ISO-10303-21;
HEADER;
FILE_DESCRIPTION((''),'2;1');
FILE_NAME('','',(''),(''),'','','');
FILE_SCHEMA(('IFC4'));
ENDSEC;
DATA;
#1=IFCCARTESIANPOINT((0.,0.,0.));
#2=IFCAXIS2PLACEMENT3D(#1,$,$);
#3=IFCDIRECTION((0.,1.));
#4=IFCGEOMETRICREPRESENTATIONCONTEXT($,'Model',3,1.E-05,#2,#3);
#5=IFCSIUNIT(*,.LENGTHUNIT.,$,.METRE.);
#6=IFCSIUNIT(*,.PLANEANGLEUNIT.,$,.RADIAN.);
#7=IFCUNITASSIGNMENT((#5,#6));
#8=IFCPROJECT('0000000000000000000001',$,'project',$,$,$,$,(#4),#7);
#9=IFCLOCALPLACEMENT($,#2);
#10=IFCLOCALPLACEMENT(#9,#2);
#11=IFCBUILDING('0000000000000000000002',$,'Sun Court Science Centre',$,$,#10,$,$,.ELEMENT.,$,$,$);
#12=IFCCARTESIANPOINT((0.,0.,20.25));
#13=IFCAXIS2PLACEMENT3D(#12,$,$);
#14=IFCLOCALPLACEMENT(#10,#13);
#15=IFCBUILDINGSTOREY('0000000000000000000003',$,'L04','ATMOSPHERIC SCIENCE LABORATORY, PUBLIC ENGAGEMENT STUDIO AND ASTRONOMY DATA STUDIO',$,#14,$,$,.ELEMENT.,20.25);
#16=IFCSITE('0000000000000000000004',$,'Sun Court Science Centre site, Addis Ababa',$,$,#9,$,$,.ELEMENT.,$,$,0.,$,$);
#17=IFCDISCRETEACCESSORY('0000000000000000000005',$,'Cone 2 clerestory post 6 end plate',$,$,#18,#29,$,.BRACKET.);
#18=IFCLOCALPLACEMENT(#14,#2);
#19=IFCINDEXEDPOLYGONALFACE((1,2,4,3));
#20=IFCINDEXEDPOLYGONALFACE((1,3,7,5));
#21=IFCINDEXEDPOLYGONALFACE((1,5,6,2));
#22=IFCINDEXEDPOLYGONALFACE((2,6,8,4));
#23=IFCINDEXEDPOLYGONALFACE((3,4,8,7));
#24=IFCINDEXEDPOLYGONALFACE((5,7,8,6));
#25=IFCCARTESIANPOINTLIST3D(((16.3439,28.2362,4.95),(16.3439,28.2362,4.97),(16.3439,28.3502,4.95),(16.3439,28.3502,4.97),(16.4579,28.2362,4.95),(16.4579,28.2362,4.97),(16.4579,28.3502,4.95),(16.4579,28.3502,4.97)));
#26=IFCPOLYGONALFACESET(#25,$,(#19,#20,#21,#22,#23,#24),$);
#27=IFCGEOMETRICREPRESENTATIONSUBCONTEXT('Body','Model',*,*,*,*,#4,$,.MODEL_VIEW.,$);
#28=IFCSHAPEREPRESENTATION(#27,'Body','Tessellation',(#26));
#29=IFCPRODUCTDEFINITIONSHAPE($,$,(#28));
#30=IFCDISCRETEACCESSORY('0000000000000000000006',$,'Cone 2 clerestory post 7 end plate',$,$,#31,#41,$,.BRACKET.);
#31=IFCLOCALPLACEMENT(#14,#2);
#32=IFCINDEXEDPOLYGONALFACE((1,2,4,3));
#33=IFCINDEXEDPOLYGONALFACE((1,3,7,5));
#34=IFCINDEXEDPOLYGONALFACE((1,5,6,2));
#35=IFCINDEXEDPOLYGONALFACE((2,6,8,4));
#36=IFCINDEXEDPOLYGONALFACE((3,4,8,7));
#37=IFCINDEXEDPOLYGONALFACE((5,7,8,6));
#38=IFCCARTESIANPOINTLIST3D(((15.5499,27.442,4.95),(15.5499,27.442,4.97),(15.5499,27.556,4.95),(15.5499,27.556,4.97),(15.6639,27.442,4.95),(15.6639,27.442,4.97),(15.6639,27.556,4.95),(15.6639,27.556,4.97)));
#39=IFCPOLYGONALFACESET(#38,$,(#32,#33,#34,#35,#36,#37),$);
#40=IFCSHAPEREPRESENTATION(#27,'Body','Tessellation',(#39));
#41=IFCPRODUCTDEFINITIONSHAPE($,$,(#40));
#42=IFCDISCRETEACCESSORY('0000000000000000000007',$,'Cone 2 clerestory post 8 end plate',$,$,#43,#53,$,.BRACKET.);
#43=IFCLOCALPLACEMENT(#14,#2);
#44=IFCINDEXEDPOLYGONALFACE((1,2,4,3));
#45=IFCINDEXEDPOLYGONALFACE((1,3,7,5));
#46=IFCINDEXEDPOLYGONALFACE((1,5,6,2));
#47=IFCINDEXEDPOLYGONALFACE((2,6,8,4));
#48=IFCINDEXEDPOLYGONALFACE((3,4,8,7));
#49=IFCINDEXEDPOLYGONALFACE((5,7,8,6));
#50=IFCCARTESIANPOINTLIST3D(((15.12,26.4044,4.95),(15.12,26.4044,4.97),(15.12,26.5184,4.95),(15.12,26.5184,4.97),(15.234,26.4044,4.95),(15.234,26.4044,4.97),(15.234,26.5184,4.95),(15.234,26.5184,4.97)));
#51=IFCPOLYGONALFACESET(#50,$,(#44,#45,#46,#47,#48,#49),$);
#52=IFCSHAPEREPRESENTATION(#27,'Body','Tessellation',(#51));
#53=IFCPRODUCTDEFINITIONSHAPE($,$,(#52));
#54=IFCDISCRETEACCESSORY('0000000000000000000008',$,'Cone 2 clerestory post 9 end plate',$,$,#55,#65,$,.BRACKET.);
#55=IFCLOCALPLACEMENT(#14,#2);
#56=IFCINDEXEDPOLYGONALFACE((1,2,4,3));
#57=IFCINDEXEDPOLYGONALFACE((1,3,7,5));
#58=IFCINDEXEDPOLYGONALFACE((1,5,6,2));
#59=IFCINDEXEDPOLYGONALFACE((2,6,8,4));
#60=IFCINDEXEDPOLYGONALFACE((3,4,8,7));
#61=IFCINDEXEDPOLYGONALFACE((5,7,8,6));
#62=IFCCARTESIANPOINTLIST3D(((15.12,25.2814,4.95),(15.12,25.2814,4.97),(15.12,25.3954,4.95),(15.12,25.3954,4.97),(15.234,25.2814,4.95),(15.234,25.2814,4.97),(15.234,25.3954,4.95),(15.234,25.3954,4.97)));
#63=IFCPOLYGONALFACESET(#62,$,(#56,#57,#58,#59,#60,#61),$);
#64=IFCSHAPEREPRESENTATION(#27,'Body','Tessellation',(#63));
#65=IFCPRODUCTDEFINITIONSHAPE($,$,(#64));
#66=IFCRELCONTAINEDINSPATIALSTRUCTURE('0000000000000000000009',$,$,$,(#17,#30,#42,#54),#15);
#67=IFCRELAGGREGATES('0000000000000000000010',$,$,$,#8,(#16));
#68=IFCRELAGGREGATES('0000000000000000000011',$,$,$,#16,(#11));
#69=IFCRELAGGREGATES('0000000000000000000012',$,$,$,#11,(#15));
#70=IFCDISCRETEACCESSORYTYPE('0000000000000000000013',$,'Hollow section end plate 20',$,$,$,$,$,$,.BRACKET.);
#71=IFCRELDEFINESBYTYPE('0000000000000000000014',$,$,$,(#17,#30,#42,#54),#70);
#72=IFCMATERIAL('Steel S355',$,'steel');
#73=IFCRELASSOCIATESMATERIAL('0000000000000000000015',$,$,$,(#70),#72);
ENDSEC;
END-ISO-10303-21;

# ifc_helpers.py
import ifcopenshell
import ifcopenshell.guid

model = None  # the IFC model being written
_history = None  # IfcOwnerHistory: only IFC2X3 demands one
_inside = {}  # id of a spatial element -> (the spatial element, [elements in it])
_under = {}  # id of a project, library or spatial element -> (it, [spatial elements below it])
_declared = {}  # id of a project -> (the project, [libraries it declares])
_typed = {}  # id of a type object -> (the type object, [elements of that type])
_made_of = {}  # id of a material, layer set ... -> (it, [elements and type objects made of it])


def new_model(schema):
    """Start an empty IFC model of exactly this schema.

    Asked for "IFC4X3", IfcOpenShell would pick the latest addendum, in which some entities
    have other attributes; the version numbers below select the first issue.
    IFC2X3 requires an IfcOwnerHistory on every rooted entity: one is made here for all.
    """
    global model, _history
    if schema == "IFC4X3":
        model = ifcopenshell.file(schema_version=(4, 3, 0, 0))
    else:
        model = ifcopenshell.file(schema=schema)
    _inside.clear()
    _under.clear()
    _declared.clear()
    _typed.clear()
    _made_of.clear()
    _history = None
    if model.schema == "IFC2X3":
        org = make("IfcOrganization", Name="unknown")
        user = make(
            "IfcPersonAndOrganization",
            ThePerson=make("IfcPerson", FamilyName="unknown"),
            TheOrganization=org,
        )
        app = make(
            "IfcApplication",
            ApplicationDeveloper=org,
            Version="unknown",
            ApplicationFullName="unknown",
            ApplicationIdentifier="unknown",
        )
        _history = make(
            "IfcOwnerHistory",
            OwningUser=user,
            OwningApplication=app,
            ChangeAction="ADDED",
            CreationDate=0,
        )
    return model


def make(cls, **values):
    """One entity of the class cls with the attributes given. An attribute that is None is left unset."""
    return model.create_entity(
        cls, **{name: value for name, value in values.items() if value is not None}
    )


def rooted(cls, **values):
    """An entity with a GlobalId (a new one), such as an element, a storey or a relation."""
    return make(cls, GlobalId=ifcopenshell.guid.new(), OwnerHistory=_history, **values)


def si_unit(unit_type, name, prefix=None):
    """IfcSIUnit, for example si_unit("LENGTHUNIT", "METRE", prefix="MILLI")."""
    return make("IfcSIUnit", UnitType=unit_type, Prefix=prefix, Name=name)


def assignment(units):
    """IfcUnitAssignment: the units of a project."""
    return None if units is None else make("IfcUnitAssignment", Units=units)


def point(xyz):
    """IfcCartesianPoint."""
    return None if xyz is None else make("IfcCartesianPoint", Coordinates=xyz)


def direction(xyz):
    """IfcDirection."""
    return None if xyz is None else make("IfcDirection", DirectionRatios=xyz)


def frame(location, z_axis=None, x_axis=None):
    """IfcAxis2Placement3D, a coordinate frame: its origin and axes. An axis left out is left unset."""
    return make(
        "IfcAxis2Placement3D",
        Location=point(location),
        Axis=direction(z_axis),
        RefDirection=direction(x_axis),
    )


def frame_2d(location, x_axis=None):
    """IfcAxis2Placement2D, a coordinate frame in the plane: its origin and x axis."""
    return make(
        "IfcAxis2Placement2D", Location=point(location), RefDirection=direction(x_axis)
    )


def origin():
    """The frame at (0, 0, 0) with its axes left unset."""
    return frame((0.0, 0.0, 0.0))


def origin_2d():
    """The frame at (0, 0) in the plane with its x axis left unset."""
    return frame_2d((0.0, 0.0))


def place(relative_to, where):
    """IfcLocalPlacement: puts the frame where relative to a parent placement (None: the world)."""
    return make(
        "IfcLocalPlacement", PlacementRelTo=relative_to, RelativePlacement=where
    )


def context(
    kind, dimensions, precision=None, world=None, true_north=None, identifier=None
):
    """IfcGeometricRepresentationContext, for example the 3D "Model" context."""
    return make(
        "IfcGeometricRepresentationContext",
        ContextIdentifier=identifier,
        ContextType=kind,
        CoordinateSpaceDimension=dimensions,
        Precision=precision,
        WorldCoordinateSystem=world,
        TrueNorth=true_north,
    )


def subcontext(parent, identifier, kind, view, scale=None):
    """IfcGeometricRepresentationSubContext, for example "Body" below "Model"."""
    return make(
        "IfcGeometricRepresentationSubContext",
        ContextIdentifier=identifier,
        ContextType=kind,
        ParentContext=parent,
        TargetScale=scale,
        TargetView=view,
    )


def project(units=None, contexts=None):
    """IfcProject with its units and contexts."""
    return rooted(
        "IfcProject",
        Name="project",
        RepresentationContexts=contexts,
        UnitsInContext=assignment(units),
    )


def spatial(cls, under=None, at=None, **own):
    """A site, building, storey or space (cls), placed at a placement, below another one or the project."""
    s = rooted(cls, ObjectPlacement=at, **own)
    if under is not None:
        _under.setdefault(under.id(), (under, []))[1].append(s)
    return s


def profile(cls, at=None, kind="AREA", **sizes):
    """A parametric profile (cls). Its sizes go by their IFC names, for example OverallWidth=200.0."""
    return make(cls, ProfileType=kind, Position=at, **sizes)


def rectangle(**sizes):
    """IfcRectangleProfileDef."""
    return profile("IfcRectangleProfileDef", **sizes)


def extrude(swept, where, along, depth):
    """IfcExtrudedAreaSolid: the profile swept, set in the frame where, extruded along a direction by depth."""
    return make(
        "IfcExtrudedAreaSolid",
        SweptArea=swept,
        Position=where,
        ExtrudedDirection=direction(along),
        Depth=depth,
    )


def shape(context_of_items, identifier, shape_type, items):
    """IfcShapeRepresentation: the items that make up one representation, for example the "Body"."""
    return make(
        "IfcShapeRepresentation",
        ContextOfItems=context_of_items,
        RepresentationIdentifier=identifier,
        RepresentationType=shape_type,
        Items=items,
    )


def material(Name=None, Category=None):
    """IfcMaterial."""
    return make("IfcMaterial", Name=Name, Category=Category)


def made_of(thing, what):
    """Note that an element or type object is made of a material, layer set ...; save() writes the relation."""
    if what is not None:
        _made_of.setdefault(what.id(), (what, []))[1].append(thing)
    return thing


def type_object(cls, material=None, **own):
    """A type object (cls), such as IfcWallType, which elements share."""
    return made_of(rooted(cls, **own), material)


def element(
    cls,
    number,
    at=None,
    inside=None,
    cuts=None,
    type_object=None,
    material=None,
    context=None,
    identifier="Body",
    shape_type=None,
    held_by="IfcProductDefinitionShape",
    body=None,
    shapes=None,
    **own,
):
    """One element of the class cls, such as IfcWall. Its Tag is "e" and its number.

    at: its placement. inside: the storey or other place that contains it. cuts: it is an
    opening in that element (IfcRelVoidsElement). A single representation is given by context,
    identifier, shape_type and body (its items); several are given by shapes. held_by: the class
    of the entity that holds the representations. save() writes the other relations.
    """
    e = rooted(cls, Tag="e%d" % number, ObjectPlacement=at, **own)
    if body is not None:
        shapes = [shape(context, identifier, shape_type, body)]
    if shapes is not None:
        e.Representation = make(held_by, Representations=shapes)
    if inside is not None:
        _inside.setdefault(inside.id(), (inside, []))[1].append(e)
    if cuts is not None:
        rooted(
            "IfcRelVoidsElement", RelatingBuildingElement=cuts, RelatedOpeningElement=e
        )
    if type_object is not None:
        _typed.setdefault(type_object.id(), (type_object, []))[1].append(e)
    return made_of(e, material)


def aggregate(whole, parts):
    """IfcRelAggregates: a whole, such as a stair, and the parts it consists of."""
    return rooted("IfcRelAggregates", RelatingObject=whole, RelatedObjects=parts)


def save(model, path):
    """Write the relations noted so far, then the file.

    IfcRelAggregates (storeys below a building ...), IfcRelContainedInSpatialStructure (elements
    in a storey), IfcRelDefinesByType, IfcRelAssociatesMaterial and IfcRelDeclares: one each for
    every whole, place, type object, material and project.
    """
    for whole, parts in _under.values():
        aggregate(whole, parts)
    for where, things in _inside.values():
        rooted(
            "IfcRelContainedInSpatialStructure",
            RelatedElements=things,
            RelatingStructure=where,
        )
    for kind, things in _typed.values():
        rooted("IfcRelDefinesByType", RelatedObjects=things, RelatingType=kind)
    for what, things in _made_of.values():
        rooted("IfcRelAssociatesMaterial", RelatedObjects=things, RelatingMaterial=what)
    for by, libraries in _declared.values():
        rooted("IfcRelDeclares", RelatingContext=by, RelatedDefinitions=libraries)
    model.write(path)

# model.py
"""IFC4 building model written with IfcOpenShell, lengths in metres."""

from ifc_helpers import new_model, si_unit, direction, frame, origin, origin_2d, place, context, subcontext, project, spatial, rectangle, extrude, material, type_object, element, save


model = new_model("IFC4")

# Units and contexts
model_context = context("Model", 3, precision=1e-05, world=origin(), true_north=direction((0.0, 1.0)))
body_context = subcontext(model_context, "Body", "Model", "MODEL_VIEW")
ifc_project = project(units=[si_unit("LENGTHUNIT", "METRE"), si_unit("PLANEANGLEUNIT", "RADIAN")], contexts=[model_context])

# Site, building, storey
site_placement = place(None, origin())
site = spatial("IfcSite", under=ifc_project, at=site_placement, Name="Sun Court Science Centre site, Addis Ababa", CompositionType="ELEMENT", RefElevation=0.0)
building_placement = place(site_placement, origin())
building = spatial("IfcBuilding", under=site, at=building_placement, Name="Sun Court Science Centre", CompositionType="ELEMENT")
storey_placement = place(building_placement, frame((0.0, 0.0, 20.25)))
storey = spatial("IfcBuildingStorey", under=building, at=storey_placement, Name="L04", Description="ATMOSPHERIC SCIENCE LABORATORY, PUBLIC ENGAGEMENT STUDIO AND ASTRONOMY DATA STUDIO", CompositionType="ELEMENT", Elevation=20.25)

# Discrete accessories
ifc_material_1 = material(Name="Steel S355", Category="steel")
discrete_accessory_type = type_object("IfcDiscreteAccessoryType", Name="Hollow section end plate 20", PredefinedType="BRACKET", material=ifc_material_1)
for number, where, z_axis, x_axis, name in (
    (1, (16.4009, 28.2932, 4.95), (0.0, 0.0, 1.0), (1.0, 0.0, 0.0), "Cone 2 clerestory post 6 end plate"),
    (2, (15.6069, 27.499, 4.95), (0.0, 0.0, 1.0), (1.0, 0.0, 0.0), "Cone 2 clerestory post 7 end plate"),
    (3, (15.177, 26.4614, 4.95), (0.0, 0.0, 1.0), (1.0, 0.0, 0.0), "Cone 2 clerestory post 8 end plate"),
    (4, (15.177, 25.3384, 4.95), (0.0, 0.0, 1.0), (1.0, 0.0, 0.0), "Cone 2 clerestory post 9 end plate"),
):
    element("IfcDiscreteAccessory", number, at=place(storey_placement, frame(where, z_axis=z_axis, x_axis=x_axis)), inside=storey, type_object=discrete_accessory_type, Name=name, PredefinedType="BRACKET", context=body_context, shape_type="SweptSolid", body=[
        extrude(rectangle(XDim=0.114, YDim=0.114, at=origin_2d()), origin(), (0.0, 0.0, 1.0), 0.02),
    ])

save(model, "model.ifc")
